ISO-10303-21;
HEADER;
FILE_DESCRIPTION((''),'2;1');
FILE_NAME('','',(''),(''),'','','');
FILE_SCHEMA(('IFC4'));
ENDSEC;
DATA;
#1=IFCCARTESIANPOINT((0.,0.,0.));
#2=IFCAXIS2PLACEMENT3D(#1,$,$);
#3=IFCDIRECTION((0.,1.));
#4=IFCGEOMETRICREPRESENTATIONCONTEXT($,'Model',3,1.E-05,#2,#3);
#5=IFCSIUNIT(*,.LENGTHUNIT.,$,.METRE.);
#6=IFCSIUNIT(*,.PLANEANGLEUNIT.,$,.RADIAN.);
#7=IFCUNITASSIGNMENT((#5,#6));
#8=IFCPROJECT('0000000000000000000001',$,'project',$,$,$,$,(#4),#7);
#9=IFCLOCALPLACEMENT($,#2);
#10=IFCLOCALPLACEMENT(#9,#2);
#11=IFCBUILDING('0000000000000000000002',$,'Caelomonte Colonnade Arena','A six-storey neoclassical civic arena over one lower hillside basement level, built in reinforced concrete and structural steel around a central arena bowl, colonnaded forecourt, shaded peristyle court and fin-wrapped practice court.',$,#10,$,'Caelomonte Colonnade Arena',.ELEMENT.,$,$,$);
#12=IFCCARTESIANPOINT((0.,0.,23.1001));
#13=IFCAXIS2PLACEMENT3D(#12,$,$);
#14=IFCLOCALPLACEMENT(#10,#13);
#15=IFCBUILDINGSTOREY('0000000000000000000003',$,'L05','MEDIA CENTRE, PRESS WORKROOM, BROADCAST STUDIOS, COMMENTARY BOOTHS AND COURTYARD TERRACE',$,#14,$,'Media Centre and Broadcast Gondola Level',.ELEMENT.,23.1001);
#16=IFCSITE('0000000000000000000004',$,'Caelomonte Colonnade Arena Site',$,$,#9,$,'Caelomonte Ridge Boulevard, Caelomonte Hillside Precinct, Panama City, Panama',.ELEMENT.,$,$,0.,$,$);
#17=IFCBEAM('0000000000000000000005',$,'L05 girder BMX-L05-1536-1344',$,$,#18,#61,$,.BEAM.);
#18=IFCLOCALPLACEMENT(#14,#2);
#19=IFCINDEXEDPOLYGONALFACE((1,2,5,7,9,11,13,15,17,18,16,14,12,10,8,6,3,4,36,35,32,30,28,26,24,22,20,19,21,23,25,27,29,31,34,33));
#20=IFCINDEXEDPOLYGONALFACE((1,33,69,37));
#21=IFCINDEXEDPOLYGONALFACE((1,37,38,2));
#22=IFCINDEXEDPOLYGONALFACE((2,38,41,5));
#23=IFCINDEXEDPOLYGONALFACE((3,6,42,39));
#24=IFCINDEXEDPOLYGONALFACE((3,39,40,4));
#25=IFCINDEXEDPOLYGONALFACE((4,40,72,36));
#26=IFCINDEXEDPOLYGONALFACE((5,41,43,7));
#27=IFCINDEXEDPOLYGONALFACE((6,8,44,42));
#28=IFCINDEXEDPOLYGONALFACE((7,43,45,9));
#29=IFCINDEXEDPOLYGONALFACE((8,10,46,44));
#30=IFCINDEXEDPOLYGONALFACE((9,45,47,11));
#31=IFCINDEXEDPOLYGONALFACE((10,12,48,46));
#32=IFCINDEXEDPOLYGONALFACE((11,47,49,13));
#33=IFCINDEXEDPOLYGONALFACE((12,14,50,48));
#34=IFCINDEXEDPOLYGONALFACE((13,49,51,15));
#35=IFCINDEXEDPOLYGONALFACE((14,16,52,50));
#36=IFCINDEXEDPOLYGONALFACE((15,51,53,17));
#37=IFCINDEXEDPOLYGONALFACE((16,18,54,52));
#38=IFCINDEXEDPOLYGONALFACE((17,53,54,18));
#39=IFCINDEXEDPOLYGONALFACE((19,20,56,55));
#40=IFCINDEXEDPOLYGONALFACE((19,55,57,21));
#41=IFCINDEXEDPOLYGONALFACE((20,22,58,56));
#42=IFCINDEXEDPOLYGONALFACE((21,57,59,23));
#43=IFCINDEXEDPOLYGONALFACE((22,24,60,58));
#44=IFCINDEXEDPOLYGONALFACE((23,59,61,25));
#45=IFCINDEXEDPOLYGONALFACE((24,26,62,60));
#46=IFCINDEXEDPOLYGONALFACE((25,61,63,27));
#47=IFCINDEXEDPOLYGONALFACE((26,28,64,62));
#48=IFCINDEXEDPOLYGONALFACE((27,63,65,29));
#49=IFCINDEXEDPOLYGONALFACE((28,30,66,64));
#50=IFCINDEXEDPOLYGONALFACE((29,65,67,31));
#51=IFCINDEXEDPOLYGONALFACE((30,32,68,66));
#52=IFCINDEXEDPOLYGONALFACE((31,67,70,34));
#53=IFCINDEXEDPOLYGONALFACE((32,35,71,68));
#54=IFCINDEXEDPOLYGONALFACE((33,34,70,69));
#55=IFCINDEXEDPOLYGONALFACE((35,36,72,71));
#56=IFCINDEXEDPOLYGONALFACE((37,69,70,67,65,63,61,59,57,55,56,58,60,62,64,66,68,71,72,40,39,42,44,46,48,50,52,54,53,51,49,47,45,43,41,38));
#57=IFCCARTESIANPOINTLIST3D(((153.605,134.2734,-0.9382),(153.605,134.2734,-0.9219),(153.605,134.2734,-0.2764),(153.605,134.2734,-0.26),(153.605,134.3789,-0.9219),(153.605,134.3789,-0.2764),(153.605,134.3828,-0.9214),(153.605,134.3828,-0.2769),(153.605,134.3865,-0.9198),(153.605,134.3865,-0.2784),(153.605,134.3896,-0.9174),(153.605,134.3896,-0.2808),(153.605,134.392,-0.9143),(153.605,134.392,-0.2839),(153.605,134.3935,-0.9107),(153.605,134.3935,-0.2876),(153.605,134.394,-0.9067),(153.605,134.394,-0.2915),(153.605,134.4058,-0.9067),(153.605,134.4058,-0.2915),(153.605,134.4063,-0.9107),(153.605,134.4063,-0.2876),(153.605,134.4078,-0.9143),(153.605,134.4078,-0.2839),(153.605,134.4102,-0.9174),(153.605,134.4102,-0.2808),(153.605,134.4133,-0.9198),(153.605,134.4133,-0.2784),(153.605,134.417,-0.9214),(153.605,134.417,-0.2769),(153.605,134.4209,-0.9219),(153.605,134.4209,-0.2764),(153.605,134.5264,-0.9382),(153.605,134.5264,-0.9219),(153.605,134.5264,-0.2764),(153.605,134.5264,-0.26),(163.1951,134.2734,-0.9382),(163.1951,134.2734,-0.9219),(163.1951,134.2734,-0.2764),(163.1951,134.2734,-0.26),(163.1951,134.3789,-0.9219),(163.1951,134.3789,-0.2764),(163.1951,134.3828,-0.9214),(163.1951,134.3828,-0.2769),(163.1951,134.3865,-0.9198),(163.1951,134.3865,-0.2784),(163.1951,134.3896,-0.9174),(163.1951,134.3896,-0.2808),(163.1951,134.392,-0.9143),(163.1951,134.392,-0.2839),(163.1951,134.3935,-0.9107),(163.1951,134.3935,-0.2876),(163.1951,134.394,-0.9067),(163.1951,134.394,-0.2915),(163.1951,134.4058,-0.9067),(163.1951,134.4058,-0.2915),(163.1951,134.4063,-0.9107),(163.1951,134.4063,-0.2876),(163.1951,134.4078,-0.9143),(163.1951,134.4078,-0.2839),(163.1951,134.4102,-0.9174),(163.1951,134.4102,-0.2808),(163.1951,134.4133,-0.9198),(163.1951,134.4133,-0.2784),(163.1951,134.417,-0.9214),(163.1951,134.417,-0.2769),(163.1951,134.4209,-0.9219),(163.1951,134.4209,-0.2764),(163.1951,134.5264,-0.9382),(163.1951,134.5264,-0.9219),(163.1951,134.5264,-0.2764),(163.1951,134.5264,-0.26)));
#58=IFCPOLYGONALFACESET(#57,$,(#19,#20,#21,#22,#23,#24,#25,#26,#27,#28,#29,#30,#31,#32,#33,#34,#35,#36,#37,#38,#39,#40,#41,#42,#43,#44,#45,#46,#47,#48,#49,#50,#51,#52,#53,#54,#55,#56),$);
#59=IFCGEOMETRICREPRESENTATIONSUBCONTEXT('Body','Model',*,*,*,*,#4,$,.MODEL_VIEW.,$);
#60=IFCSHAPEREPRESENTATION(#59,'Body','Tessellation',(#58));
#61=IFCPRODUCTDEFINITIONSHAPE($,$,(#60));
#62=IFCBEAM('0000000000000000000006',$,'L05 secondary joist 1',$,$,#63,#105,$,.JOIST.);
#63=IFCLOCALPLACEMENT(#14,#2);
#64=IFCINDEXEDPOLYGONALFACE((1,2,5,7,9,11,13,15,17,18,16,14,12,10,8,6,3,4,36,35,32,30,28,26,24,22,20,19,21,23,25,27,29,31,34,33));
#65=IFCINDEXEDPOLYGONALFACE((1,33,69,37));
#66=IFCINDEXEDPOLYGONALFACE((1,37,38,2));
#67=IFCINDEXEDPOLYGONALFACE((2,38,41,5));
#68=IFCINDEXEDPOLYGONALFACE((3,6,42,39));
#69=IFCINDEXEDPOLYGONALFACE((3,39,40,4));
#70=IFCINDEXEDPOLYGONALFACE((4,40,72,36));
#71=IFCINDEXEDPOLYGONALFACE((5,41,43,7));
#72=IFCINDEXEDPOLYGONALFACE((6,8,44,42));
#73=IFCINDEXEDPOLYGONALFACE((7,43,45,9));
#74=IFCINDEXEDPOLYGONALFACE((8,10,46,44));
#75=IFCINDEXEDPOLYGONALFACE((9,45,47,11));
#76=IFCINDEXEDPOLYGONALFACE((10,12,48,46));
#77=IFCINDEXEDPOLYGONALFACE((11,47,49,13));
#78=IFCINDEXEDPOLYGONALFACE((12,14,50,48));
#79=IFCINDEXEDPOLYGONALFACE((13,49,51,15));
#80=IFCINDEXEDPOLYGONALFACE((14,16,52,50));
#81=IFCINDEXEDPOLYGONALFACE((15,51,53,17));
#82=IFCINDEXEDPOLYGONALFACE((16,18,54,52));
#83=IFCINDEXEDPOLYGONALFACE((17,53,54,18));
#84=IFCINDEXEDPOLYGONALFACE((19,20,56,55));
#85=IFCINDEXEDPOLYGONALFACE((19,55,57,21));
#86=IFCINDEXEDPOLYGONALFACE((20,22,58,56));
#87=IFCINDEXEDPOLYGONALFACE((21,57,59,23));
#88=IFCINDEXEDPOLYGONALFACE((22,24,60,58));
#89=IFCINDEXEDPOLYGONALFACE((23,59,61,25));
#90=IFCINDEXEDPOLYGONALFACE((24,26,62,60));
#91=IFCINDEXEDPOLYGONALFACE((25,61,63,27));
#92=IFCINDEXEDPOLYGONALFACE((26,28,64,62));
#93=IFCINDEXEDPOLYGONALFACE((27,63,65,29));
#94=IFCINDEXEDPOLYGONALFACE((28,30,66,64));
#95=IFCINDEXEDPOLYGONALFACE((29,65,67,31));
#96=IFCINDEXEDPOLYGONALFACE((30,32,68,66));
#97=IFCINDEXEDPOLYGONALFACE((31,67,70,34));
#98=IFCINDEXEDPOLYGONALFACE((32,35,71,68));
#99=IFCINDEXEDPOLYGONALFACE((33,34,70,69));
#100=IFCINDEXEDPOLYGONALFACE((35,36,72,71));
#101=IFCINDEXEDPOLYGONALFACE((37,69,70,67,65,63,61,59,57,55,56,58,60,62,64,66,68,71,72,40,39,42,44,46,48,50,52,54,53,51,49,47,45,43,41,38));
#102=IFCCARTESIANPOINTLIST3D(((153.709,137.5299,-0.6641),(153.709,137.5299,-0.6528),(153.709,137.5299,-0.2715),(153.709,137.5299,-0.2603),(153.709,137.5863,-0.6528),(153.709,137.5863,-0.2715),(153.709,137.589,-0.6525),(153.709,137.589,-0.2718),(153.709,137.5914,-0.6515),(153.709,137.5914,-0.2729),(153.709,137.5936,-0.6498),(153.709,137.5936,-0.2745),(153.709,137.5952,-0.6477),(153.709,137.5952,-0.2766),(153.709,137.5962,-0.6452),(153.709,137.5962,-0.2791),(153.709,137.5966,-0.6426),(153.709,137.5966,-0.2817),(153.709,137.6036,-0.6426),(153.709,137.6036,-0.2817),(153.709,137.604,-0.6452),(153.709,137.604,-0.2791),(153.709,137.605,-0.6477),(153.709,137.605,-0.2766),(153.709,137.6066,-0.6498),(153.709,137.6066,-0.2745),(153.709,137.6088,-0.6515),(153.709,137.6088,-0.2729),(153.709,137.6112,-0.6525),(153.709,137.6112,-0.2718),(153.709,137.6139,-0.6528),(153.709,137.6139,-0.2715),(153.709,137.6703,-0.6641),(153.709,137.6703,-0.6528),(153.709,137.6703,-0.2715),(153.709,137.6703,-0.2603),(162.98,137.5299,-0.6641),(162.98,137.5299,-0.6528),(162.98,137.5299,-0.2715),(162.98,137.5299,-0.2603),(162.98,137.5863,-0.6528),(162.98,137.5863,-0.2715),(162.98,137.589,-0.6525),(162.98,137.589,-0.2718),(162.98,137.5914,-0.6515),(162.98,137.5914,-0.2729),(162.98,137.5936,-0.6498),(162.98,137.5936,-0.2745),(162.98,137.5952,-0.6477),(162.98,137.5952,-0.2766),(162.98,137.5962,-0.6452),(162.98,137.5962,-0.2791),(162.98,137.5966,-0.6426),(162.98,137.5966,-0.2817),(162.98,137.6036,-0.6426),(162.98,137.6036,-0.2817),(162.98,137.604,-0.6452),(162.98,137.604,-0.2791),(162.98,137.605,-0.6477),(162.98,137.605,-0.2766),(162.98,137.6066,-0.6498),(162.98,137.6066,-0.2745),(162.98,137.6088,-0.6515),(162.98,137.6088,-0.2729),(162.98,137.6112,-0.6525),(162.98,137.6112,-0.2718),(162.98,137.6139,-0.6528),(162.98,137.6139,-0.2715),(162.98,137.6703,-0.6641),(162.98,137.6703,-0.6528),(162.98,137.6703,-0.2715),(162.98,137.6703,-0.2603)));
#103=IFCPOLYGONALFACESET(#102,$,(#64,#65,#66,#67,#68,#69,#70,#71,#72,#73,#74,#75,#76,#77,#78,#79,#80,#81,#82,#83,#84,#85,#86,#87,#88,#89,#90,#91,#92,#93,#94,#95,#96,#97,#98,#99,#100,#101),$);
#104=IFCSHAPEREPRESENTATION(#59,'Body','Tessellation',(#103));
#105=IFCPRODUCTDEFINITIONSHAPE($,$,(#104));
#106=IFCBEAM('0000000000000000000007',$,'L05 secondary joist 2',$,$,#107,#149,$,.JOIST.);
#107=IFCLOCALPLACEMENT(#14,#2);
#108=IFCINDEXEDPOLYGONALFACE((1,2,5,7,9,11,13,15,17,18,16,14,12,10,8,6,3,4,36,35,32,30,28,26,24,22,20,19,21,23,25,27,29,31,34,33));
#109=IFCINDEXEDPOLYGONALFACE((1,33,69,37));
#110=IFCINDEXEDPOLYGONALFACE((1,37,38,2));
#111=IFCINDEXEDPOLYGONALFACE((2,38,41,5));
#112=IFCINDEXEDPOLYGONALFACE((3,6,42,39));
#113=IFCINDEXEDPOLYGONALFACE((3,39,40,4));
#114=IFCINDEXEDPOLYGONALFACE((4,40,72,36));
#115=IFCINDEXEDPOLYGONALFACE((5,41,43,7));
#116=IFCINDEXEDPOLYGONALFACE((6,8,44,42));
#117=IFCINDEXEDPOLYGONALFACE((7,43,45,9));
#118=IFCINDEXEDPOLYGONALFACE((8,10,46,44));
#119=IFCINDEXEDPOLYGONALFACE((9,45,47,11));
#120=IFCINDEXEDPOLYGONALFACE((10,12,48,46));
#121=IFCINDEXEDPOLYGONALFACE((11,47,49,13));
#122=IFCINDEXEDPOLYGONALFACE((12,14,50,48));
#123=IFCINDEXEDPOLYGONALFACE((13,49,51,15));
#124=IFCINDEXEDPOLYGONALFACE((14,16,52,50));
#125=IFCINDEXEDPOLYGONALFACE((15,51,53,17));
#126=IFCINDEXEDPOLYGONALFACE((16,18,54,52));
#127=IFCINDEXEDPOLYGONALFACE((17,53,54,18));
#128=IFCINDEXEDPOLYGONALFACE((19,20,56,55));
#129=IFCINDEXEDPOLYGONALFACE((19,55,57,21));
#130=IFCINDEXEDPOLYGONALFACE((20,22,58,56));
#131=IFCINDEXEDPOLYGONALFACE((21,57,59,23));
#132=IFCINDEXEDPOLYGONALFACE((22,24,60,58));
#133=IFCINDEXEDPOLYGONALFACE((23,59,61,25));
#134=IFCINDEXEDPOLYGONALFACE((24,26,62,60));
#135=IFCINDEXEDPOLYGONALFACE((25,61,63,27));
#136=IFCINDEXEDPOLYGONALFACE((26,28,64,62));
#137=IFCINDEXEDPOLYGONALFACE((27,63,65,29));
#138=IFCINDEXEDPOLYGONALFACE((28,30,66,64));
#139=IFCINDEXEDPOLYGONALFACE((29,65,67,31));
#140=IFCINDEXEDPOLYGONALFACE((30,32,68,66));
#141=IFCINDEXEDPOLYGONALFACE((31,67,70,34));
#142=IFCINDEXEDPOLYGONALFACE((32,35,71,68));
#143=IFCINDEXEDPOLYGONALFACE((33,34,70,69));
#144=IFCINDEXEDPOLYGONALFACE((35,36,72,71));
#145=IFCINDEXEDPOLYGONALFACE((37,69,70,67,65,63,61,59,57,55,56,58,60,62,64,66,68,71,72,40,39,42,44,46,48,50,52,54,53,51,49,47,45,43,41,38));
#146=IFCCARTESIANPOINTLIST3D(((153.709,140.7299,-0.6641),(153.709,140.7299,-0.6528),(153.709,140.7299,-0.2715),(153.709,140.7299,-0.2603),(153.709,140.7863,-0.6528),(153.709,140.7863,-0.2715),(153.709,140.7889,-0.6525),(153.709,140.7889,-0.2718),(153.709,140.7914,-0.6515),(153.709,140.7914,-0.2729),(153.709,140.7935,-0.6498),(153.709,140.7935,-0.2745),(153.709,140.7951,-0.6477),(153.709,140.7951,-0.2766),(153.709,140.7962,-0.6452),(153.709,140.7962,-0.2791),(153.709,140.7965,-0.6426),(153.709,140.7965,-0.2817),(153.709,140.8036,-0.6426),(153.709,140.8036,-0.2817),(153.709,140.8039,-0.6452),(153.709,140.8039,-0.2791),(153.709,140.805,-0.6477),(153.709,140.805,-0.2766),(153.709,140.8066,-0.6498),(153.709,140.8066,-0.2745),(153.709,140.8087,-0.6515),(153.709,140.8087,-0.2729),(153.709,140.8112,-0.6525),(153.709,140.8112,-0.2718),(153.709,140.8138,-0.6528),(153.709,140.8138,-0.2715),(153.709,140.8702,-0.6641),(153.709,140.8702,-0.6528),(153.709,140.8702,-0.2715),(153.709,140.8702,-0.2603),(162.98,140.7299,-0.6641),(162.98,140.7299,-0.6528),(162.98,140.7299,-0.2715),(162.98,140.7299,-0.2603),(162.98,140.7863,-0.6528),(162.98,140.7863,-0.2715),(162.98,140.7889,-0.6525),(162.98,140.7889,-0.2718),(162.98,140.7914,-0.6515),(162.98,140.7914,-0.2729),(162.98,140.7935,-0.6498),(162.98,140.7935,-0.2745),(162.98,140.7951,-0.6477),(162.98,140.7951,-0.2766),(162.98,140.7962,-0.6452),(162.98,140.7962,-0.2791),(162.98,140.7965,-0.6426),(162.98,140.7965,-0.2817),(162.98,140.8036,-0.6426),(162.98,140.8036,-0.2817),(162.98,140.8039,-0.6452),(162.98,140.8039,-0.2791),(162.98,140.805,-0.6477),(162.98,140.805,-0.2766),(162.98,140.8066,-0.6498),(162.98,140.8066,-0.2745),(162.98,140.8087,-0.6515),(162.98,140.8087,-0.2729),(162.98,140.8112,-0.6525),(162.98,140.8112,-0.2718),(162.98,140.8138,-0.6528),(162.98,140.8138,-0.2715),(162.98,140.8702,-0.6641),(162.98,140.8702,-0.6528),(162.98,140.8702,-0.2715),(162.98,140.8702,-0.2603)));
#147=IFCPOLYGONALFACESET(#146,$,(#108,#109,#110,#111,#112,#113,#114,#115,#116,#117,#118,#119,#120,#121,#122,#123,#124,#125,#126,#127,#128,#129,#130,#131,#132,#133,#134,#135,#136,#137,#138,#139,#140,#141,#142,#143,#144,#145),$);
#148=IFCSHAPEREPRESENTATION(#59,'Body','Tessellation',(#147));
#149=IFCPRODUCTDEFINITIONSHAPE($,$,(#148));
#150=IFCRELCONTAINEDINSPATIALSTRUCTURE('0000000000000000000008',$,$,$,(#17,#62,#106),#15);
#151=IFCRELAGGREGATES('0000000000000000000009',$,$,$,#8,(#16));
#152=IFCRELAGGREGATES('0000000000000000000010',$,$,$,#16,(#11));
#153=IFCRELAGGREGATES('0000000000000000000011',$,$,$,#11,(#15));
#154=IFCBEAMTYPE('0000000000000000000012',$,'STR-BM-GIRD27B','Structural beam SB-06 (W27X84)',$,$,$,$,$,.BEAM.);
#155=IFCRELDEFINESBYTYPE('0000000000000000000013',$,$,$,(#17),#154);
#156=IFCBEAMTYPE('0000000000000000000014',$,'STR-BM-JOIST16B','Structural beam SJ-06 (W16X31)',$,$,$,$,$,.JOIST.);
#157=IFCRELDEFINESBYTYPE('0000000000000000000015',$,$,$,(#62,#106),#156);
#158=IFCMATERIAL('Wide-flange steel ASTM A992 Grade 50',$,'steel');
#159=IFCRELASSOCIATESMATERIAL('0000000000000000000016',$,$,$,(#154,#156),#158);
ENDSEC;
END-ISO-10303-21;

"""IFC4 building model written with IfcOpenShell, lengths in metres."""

from ifc_helpers import new_model, si_unit, direction, frame, origin, origin_2d, place, context, subcontext, project, spatial, i_section, extrude, material, material_profile, profile_set, type_object, element, save


model = new_model("IFC4")

# Units and contexts
model_context = context("Model", 3, precision=1e-05, world=origin(), true_north=direction((0.0, 1.0)))
body_context = subcontext(model_context, "Body", "Model", "MODEL_VIEW")
ifc_project = project(units=[si_unit("LENGTHUNIT", "METRE"), si_unit("PLANEANGLEUNIT", "RADIAN")], contexts=[model_context])

# Site, building, storey
site_placement = place(None, origin())
site = spatial("IfcSite", under=ifc_project, at=site_placement, Name="Caelomonte Colonnade Arena Site", LongName="Caelomonte Ridge Boulevard, Caelomonte Hillside Precinct, Panama City, Panama", CompositionType="ELEMENT", RefElevation=0.0)
building_placement = place(site_placement, origin())
building = spatial("IfcBuilding", under=site, at=building_placement, Name="Caelomonte Colonnade Arena", Description="A six-storey neoclassical civic arena over one lower hillside basement level, built in reinforced concrete and structural steel around a central arena bowl, colonnaded forecourt, shaded peristyle court and fin-wrapped practice court.", LongName="Caelomonte Colonnade Arena", CompositionType="ELEMENT")
storey_placement = place(building_placement, frame((0.0, 0.0, 23.1001)))
storey = spatial("IfcBuildingStorey", under=building, at=storey_placement, Name="L05", Description="MEDIA CENTRE, PRESS WORKROOM, BROADCAST STUDIOS, COMMENTARY BOOTHS AND COURTYARD TERRACE", LongName="Media Centre and Broadcast Gondola Level", CompositionType="ELEMENT", Elevation=23.1001)

# Shared definitions
ifc_material_1 = material(Name="Wide-flange steel ASTM A992 Grade 50", Category="steel")

# Beams
ifc_material_profile_1 = material_profile(ifc_material_1, i_section(OverallWidth=0.2529, OverallDepth=0.6782, WebThickness=0.0117, FlangeThickness=0.0164, FilletRadius=0.0151, at=origin_2d()), Name="W27X84")
ifc_profile_set_1 = profile_set([ifc_material_profile_1], Name="Wide-flange steel ASTM A992 Grade 50")
beam_type_1 = type_object("IfcBeamType", Name="STR-BM-GIRD27B", Description="Structural beam SB-06 (W27X84)", PredefinedType="BEAM", material=ifc_profile_set_1)
beam_1_placement = place(storey_placement, frame((153.605, 134.3999, -0.5991), z_axis=(1.0, 0.0, 0.0), x_axis=(0.0, 1.0, 0.0)))
element("IfcBeam", 1, at=beam_1_placement, inside=storey, type_object=beam_type_1, Name="L05 girder BMX-L05-1536-1344", PredefinedType="BEAM", context=body_context, shape_type="SweptSolid", body=[
    extrude(i_section(OverallWidth=0.2529, OverallDepth=0.6782, WebThickness=0.0117, FlangeThickness=0.0164, FilletRadius=0.0151, at=origin_2d()), origin(), (0.0, 0.0, 1.0), 9.5901),
])
ifc_material_profile_2 = material_profile(ifc_material_1, i_section(OverallWidth=0.1404, OverallDepth=0.4038, WebThickness=0.0071, FlangeThickness=0.0112, FilletRadius=0.0103, at=origin_2d()), Name="W16X31")
ifc_profile_set_2 = profile_set([ifc_material_profile_2], Name="Wide-flange steel ASTM A992 Grade 50")
beam_type_2 = type_object("IfcBeamType", Name="STR-BM-JOIST16B", Description="Structural beam SJ-06 (W16X31)", PredefinedType="JOIST", material=ifc_profile_set_2)
for number, where, z_axis, x_axis, name in (
    (2, (153.709, 137.6001, -0.4622), (1.0, 0.0, 0.0), (0.0, 1.0, 0.0), "L05 secondary joist 1"),
    (3, (153.709, 140.8, -0.4622), (1.0, 0.0, 0.0), (0.0, 1.0, 0.0), "L05 secondary joist 2"),
):
    element("IfcBeam", number, at=place(storey_placement, frame(where, z_axis=z_axis, x_axis=x_axis)), inside=storey, type_object=beam_type_2, Name=name, PredefinedType="JOIST", context=body_context, shape_type="SweptSolid", body=[
        extrude(i_section(OverallWidth=0.1404, OverallDepth=0.4038, WebThickness=0.0071, FlangeThickness=0.0112, FilletRadius=0.0103, at=origin_2d()), origin(), (0.0, 0.0, 1.0), 9.271),
    ])

save(model, "model.ifc")
